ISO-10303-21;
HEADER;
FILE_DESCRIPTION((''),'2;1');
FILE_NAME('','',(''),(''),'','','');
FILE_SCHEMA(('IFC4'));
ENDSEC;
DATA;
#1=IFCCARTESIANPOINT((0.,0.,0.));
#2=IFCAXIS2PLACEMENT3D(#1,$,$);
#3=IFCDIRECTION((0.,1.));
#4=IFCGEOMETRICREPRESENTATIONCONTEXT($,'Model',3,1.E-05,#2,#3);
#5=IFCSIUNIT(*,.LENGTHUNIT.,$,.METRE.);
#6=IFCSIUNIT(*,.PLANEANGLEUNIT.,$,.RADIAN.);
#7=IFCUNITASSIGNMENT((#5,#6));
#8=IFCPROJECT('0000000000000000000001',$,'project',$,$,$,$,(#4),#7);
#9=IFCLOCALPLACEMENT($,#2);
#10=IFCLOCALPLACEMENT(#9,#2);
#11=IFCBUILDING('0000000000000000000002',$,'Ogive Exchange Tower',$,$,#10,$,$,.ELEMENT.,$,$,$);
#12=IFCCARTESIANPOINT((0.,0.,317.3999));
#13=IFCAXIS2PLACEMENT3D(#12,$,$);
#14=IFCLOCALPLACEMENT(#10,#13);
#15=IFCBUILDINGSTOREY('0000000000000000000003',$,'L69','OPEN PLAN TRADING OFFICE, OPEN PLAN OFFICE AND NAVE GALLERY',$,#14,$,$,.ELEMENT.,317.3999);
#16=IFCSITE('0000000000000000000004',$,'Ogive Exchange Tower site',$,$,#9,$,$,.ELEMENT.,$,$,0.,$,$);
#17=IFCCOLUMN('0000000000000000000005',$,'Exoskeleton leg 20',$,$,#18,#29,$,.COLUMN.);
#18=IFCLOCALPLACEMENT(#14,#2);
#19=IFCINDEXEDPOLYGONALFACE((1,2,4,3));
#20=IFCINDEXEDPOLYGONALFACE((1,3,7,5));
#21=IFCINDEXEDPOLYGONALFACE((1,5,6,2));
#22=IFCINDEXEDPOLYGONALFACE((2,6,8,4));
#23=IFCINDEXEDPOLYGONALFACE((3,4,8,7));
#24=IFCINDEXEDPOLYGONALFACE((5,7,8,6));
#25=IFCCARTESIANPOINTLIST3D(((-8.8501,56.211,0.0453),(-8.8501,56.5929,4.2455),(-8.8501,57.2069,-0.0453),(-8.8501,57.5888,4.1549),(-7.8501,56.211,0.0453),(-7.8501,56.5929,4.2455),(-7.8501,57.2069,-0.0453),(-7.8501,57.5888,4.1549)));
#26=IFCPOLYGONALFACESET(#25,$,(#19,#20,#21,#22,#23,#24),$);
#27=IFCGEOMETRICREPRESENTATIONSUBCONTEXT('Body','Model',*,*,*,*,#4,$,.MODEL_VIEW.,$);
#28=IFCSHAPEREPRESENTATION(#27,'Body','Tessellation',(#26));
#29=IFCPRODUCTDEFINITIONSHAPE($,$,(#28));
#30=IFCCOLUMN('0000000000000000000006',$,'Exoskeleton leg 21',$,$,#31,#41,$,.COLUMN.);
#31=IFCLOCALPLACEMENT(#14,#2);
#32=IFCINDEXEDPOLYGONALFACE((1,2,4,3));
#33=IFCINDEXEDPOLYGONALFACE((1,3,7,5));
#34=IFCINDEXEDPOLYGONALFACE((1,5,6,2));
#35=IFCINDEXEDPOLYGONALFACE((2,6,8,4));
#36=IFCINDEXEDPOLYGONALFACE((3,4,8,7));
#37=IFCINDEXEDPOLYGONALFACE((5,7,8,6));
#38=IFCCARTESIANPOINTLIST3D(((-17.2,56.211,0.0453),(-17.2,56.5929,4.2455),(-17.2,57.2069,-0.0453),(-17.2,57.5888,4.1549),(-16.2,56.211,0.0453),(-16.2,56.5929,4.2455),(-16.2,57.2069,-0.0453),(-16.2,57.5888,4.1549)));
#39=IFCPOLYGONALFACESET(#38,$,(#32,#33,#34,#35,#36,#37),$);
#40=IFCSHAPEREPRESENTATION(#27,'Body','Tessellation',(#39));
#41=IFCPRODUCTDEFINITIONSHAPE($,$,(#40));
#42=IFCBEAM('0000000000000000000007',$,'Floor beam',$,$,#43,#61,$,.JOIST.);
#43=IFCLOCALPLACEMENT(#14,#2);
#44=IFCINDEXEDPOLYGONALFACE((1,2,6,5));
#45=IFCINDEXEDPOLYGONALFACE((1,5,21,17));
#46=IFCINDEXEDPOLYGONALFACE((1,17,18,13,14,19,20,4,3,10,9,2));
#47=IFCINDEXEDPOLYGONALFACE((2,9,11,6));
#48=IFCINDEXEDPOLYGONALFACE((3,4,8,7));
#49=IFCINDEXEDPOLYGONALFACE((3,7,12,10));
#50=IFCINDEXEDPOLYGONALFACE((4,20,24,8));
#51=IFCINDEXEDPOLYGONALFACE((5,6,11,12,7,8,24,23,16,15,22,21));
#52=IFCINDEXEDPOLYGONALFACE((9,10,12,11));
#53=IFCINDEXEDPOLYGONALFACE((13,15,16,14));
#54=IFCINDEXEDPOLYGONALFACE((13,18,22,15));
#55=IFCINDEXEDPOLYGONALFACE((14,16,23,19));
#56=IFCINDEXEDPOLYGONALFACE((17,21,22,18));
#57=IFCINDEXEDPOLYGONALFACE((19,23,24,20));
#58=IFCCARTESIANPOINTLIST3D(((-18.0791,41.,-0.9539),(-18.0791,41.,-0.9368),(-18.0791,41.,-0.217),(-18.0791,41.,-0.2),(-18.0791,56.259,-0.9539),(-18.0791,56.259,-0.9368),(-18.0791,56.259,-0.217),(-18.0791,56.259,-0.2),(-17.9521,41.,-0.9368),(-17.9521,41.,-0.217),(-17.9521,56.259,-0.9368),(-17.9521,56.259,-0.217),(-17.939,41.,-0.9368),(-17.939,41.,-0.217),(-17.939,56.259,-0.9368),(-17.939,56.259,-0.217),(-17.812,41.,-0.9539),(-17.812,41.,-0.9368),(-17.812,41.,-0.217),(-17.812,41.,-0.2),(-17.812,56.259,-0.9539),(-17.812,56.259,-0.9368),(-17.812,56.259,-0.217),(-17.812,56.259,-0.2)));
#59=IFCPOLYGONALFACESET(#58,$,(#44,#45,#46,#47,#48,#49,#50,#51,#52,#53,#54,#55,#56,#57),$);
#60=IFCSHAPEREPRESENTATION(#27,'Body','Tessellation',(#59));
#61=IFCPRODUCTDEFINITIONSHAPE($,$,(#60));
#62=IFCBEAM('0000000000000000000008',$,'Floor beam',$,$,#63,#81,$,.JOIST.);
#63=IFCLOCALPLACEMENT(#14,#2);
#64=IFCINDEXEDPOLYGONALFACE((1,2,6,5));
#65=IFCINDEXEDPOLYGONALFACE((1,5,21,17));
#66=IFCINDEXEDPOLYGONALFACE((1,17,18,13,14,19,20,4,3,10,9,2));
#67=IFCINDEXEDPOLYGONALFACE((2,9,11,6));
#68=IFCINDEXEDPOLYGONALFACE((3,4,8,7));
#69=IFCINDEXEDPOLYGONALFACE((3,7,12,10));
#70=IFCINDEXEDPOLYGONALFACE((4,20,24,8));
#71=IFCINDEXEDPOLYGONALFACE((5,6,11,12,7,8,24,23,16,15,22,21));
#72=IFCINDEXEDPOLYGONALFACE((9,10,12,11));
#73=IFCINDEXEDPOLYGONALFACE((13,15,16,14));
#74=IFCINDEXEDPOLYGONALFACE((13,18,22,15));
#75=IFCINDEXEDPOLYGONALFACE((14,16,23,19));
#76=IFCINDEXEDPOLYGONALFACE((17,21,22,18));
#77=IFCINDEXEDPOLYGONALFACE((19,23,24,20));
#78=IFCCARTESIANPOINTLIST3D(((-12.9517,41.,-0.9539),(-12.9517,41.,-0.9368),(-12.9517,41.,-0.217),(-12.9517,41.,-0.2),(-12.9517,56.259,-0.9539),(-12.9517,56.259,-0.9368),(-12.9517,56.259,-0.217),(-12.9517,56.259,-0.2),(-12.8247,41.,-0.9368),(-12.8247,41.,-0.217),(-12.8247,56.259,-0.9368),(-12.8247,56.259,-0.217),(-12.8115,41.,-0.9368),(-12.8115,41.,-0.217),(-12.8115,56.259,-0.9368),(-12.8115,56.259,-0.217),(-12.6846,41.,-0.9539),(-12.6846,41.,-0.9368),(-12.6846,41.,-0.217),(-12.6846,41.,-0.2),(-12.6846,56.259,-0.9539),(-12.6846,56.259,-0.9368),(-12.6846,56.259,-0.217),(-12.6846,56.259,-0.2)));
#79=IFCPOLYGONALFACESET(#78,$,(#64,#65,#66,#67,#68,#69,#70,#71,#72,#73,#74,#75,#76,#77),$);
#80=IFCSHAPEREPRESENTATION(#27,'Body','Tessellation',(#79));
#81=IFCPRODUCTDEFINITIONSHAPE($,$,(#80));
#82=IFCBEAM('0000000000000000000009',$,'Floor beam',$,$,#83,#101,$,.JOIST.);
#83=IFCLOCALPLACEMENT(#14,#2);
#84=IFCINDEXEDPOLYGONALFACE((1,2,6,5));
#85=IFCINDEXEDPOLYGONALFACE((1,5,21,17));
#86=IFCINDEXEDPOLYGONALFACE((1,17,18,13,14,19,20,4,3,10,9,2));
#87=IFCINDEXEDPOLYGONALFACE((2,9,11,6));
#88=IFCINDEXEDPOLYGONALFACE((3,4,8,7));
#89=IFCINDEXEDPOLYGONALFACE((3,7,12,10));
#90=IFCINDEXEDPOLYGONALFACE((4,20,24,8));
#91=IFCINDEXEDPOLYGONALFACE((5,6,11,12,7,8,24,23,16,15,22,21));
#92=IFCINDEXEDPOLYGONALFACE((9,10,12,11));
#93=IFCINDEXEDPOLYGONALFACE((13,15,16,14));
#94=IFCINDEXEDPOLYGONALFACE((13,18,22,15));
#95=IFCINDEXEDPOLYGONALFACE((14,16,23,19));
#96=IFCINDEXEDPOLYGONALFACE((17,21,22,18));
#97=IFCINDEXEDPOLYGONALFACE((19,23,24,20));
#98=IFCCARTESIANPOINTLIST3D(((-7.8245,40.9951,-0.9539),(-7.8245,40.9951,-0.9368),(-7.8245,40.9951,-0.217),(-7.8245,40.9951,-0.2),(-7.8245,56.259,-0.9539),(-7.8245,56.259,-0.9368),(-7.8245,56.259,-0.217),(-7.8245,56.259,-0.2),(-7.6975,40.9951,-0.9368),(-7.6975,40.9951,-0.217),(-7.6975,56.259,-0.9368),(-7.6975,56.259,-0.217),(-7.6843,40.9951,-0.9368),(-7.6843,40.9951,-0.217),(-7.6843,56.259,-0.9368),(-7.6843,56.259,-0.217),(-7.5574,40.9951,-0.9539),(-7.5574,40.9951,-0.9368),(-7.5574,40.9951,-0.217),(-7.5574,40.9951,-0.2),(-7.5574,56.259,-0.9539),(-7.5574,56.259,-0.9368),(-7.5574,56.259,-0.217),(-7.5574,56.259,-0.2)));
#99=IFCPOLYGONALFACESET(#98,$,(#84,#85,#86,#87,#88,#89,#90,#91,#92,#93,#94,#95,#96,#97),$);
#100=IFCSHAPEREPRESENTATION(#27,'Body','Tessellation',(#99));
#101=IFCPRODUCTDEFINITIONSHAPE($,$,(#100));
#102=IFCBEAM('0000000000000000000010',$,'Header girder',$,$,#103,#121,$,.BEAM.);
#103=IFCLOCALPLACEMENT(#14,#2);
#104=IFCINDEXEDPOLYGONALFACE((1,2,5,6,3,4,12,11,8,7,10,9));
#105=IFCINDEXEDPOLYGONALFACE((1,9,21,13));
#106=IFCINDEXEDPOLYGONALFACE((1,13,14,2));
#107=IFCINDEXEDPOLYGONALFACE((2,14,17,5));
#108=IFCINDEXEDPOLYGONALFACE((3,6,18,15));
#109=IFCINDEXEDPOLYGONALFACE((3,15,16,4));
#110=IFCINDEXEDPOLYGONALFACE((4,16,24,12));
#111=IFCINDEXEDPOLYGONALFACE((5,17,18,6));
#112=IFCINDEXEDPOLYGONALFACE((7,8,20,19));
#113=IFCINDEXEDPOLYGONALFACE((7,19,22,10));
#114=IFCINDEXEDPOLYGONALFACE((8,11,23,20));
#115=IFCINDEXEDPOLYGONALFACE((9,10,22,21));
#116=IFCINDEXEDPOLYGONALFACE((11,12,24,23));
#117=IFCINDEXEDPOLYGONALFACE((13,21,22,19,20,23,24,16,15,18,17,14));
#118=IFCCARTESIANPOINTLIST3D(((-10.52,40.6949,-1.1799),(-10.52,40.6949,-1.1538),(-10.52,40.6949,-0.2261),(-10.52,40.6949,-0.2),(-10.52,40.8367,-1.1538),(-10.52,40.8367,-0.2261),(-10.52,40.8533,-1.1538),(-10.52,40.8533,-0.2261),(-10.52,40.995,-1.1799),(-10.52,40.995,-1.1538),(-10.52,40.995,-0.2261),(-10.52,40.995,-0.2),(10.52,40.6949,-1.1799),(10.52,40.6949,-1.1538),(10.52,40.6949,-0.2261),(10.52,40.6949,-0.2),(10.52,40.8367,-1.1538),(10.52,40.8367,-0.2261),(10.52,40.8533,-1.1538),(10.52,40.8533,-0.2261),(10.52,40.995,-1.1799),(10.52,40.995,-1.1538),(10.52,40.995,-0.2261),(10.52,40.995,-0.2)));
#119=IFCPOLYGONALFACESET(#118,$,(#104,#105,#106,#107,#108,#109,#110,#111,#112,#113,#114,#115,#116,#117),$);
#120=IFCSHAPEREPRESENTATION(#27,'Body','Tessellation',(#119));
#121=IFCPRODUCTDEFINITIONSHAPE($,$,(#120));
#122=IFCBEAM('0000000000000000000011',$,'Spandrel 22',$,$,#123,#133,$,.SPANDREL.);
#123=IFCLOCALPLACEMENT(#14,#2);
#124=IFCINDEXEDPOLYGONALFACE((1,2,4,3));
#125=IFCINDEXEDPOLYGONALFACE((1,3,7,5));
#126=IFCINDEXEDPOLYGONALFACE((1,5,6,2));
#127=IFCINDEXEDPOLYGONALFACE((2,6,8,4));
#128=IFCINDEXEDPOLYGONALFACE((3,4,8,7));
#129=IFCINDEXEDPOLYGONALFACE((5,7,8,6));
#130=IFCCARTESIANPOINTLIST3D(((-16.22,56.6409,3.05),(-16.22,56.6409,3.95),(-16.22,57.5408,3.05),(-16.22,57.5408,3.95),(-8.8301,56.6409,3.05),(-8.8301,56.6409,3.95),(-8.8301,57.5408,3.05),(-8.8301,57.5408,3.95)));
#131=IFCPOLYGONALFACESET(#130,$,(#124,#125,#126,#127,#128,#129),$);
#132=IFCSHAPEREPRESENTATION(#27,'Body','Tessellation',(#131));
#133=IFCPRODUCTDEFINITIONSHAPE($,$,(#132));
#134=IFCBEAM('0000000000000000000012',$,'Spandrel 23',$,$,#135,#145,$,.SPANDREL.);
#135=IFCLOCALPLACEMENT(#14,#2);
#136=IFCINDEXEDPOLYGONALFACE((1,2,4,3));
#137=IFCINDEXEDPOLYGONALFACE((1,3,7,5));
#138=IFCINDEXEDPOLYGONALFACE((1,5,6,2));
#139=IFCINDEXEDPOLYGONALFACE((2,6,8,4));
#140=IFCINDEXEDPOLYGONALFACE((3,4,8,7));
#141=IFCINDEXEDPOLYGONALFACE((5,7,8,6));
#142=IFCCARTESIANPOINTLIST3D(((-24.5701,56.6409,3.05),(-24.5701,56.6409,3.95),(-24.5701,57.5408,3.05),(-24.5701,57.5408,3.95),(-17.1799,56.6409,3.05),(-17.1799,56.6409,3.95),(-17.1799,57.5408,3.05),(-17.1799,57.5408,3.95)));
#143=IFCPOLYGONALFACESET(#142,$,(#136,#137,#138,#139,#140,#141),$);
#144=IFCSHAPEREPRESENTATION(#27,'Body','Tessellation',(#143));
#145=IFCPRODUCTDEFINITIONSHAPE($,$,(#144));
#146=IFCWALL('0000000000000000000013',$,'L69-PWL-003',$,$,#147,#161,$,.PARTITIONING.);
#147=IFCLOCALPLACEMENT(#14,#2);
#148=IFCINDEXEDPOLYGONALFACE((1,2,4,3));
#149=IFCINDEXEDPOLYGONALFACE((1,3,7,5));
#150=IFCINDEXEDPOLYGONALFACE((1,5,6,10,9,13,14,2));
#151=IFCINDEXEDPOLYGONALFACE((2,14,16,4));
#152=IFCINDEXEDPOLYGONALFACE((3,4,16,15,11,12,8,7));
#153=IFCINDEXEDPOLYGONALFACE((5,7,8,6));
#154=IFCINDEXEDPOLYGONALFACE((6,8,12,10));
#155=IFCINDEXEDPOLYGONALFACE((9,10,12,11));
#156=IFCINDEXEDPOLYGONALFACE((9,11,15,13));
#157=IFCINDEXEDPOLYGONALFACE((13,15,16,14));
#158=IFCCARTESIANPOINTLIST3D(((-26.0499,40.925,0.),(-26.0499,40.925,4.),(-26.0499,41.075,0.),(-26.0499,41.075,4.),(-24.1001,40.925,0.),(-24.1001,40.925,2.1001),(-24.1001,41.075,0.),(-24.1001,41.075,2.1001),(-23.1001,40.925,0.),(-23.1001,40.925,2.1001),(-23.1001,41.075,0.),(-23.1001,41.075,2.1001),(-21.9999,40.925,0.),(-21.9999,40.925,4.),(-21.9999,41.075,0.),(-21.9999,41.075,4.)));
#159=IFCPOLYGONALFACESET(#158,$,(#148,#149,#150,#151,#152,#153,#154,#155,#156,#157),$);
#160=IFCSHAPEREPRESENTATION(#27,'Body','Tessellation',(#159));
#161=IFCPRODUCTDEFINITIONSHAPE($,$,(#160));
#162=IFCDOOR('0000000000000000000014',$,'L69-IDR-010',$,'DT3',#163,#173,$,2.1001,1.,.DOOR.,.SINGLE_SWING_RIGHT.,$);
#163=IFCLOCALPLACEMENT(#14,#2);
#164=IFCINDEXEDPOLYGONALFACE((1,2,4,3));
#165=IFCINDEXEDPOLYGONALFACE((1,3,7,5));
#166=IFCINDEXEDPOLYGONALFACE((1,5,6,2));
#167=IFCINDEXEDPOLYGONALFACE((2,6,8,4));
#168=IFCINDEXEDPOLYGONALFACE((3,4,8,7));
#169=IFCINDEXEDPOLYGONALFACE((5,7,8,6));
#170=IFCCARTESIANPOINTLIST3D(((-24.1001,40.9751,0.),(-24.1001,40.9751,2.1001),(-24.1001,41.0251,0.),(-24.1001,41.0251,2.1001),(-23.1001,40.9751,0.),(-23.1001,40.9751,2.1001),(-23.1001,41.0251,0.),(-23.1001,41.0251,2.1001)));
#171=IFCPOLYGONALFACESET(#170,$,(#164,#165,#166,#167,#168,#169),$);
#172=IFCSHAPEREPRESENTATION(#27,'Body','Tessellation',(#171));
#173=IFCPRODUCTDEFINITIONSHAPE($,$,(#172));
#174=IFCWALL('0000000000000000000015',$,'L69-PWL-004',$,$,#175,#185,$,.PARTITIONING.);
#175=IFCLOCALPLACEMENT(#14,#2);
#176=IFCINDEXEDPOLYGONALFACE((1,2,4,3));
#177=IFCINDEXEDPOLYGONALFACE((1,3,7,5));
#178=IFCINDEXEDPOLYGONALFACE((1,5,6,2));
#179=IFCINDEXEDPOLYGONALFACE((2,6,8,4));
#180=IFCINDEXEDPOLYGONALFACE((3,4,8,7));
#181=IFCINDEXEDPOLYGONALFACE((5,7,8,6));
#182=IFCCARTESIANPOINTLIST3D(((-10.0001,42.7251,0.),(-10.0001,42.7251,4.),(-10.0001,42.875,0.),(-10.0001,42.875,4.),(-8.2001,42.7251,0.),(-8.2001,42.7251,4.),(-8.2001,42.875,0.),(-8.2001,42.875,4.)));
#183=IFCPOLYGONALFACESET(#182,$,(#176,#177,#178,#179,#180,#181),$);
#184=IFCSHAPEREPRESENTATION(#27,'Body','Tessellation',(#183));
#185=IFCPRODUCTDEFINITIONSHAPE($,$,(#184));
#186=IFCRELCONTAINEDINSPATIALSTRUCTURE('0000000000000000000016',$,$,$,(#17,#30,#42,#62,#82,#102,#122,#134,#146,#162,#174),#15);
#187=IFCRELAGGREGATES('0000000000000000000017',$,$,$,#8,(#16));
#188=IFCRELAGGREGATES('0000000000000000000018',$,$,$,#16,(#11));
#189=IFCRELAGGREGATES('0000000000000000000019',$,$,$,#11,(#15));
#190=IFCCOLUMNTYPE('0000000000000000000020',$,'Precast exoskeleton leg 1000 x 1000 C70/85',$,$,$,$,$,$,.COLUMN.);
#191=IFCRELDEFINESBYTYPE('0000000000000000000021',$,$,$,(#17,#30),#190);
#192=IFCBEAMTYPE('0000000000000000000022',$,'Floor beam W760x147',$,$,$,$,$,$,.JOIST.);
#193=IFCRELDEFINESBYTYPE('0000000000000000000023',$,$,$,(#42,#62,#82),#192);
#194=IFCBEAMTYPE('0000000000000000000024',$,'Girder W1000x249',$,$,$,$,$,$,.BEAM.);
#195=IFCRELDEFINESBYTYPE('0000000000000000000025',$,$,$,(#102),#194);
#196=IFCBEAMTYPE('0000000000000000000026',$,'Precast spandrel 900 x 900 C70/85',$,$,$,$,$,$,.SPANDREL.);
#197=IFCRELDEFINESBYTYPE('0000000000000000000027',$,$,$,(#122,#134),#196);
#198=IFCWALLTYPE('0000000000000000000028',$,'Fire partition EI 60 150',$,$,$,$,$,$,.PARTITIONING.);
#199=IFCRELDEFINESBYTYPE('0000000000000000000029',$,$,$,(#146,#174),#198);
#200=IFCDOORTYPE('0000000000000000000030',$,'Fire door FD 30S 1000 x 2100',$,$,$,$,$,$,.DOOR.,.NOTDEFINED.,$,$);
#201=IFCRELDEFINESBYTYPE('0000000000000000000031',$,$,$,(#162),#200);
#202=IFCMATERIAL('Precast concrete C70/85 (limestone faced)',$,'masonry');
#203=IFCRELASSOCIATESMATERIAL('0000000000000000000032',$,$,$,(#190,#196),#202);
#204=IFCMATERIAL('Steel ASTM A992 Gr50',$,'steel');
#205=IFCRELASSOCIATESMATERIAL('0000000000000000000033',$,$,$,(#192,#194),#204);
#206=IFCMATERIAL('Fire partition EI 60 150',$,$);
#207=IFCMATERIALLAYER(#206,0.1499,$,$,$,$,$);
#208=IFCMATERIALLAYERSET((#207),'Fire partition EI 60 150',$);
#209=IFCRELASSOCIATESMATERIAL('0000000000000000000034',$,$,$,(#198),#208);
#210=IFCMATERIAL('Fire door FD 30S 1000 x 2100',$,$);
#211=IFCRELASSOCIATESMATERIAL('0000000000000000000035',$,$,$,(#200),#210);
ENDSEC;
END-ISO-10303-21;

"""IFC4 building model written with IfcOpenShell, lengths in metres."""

from ifc_helpers import new_model, si_unit, direction, frame, frame_2d, origin, origin_2d, place, context, subcontext, project, spatial, rectangle, i_section, extrude, material, layer, layer_set, material_profile, profile_set, type_object, element, fill, save


model = new_model("IFC4")

# Units and contexts
model_context = context("Model", 3, precision=1e-05, world=origin(), true_north=direction((0.0, 1.0)))
body_context = subcontext(model_context, "Body", "Model", "MODEL_VIEW")
ifc_project = project(units=[si_unit("LENGTHUNIT", "METRE"), si_unit("PLANEANGLEUNIT", "RADIAN")], contexts=[model_context])

# Site, building, storey
site_placement = place(None, origin())
site = spatial("IfcSite", under=ifc_project, at=site_placement, Name="Ogive Exchange Tower site", CompositionType="ELEMENT", RefElevation=0.0)
building_placement = place(site_placement, origin())
building = spatial("IfcBuilding", under=site, at=building_placement, Name="Ogive Exchange Tower", CompositionType="ELEMENT")
storey_placement = place(building_placement, frame((0.0, 0.0, 317.3999)))
storey = spatial("IfcBuildingStorey", under=building, at=storey_placement, Name="L69", Description="OPEN PLAN TRADING OFFICE, OPEN PLAN OFFICE AND NAVE GALLERY", CompositionType="ELEMENT", Elevation=317.3999)

# Columns
ifc_material_1 = material(Name="Precast concrete C70/85 (limestone faced)", Category="masonry")
ifc_material_profile_1 = material_profile(ifc_material_1, rectangle(XDim=1.0, YDim=1.0, at=origin_2d()), Name="1000 x 1000")
ifc_profile_set_1 = profile_set([ifc_material_profile_1], Name="Precast concrete C70/85 (limestone faced)")
column_type = type_object("IfcColumnType", Name="Precast exoskeleton leg 1000 x 1000 C70/85", PredefinedType="COLUMN", material=ifc_profile_set_1)
for number, where, z_axis, x_axis, name in (
    (1, (-8.3501, 56.709, 0.0), (0.0, 0.090536, 0.995893), (-1.0, 0.0, 0.0), "Exoskeleton leg 20"),
    (2, (-16.7, 56.709, 0.0), (0.0, 0.090536, 0.995893), (-1.0, 0.0, 0.0), "Exoskeleton leg 21"),
):
    element("IfcColumn", number, at=place(storey_placement, frame(where, z_axis=z_axis, x_axis=x_axis)), inside=storey, type_object=column_type, Name=name, PredefinedType="COLUMN", context=body_context, shape_type="SweptSolid", body=[
        extrude(rectangle(XDim=1.0, YDim=1.0, at=origin_2d()), origin(), (0.0, 0.0, 1.0), 4.2175),
    ])

# Beams
ifc_material_2 = material(Name="Steel ASTM A992 Gr50", Category="steel")
ifc_material_profile_2 = material_profile(ifc_material_2, i_section(OverallWidth=0.2671, OverallDepth=0.7539, WebThickness=0.0132, FlangeThickness=0.0171, at=origin_2d()), Name="W760x147")
ifc_profile_set_2 = profile_set([ifc_material_profile_2], Name="Steel ASTM A992 Gr50")
beam_type_1 = type_object("IfcBeamType", Name="Floor beam W760x147", PredefinedType="JOIST", material=ifc_profile_set_2)
for number, where, z_axis, x_axis, name in (
    (3, (-17.9456, 41.0, -0.5769), (0.0, 1.0, 0.0), (-1.0, 0.0, 0.0), "Floor beam"),
    (4, (-12.8181, 41.0, -0.5769), (0.0, 1.0, 0.0), (-1.0, 0.0, 0.0), "Floor beam"),
):
    element("IfcBeam", number, at=place(storey_placement, frame(where, z_axis=z_axis, x_axis=x_axis)), inside=storey, type_object=beam_type_1, Name=name, PredefinedType="JOIST", context=body_context, shape_type="SweptSolid", body=[
        extrude(i_section(OverallWidth=0.2671, OverallDepth=0.7539, WebThickness=0.0132, FlangeThickness=0.0171, at=origin_2d()), origin(), (0.0, 0.0, 1.0), 15.259),
    ])
beam_1_placement = place(storey_placement, frame((-7.6909, 40.9951, -0.5769), z_axis=(0.0, 1.0, 0.0), x_axis=(-1.0, 0.0, 0.0)))
element("IfcBeam", 5, at=beam_1_placement, inside=storey, type_object=beam_type_1, Name="Floor beam", PredefinedType="JOIST", context=body_context, shape_type="SweptSolid", body=[
    extrude(i_section(OverallWidth=0.2671, OverallDepth=0.7539, WebThickness=0.0132, FlangeThickness=0.0171, at=origin_2d()), origin(), (0.0, 0.0, 1.0), 15.2639),
])
ifc_material_profile_3 = material_profile(ifc_material_2, i_section(OverallWidth=0.3, OverallDepth=0.98, WebThickness=0.0166, FlangeThickness=0.0261, at=origin_2d()), Name="W1000x249")
ifc_profile_set_3 = profile_set([ifc_material_profile_3], Name="Steel ASTM A992 Gr50")
beam_type_2 = type_object("IfcBeamType", Name="Girder W1000x249", PredefinedType="BEAM", material=ifc_profile_set_3)
beam_2_placement = place(storey_placement, frame((-10.52, 40.845, -0.6899), z_axis=(1.0, 0.0, 0.0), x_axis=(0.0, 1.0, 0.0)))
element("IfcBeam", 6, at=beam_2_placement, inside=storey, type_object=beam_type_2, Name="Header girder", PredefinedType="BEAM", context=body_context, shape_type="SweptSolid", body=[
    extrude(i_section(OverallWidth=0.3, OverallDepth=0.98, WebThickness=0.0166, FlangeThickness=0.0261, at=origin_2d()), origin(), (0.0, 0.0, 1.0), 21.04),
])
ifc_material_profile_4 = material_profile(ifc_material_1, rectangle(XDim=0.8999, YDim=0.8999, at=origin_2d()), Name="900 x 900")
ifc_profile_set_4 = profile_set([ifc_material_profile_4], Name="Precast concrete C70/85 (limestone faced)")
beam_type_3 = type_object("IfcBeamType", Name="Precast spandrel 900 x 900 C70/85", PredefinedType="SPANDREL", material=ifc_profile_set_4)
beam_3_placement = place(storey_placement, frame((-8.8301, 57.0908, 3.5), z_axis=(-1.0, 0.0, 0.0), x_axis=(0.0, -1.0, 0.0)))
element("IfcBeam", 7, at=beam_3_placement, inside=storey, type_object=beam_type_3, Name="Spandrel 22", PredefinedType="SPANDREL", context=body_context, shape_type="SweptSolid", body=[
    extrude(rectangle(XDim=0.8999, YDim=0.8999, at=origin_2d()), origin(), (0.0, 0.0, 1.0), 7.3899),
])
beam_4_placement = place(storey_placement, frame((-17.1799, 57.0908, 3.5), z_axis=(-1.0, 0.0, 0.0), x_axis=(0.0, -1.0, 0.0)))
element("IfcBeam", 8, at=beam_4_placement, inside=storey, type_object=beam_type_3, Name="Spandrel 23", PredefinedType="SPANDREL", context=body_context, shape_type="SweptSolid", body=[
    extrude(rectangle(XDim=0.8999, YDim=0.8999, at=origin_2d()), origin(), (0.0, 0.0, 1.0), 7.3901),
])

# Wall, opening, door
ifc_material_3 = material(Name="Fire partition EI 60 150")
ifc_layer_1 = layer(ifc_material_3, 0.1499)
ifc_layer_set_1 = layer_set([ifc_layer_1], Name="Fire partition EI 60 150")
wall_type_1 = type_object("IfcWallType", Name="Fire partition EI 60 150", PredefinedType="PARTITIONING", material=ifc_layer_set_1)
wall_1_placement = place(storey_placement, frame((-22.0, 41.0, 0.0), z_axis=(0.0, 0.0, 1.0), x_axis=(-1.0, 0.0, 0.0)))
wall_1 = element("IfcWall", 9, at=wall_1_placement, inside=storey, type_object=wall_type_1, Name="L69-PWL-003", PredefinedType="PARTITIONING", context=body_context, shape_type="SweptSolid", body=[
    extrude(rectangle(XDim=4.05, YDim=0.1499, at=frame_2d((2.0249, 0.0))), origin(), (0.0, 0.0, 1.0), 4.0),
])
opening_1_placement = place(wall_1_placement, frame((1.1001, 0.0, 0.0)))
opening_1 = element("IfcOpeningElement", 10, at=opening_1_placement, cuts=wall_1, PredefinedType="OPENING", context=body_context, shape_type="SweptSolid", body=[
    extrude(rectangle(XDim=1.0, YDim=2.1001, at=frame_2d((0.5, 1.05))), frame((0.0, 0.085, 0.0), z_axis=(0.0, -1.0, 0.0), x_axis=(1.0, 0.0, 0.0)), (0.0, 0.0, 1.0), 0.1699),
])
ifc_material_4 = material(Name="Fire door FD 30S 1000 x 2100")
door_type = type_object("IfcDoorType", Name="Fire door FD 30S 1000 x 2100", OperationType="NOTDEFINED", PredefinedType="DOOR", material=ifc_material_4)
door_1_placement = place(opening_1_placement, origin())
door_1 = element("IfcDoor", 11, at=door_1_placement, inside=storey, type_object=door_type, Name="L69-IDR-010", ObjectType="DT3", OperationType="SINGLE_SWING_RIGHT", OverallHeight=2.1001, OverallWidth=1.0, PredefinedType="DOOR", context=body_context, shape_type="SweptSolid", body=[
    extrude(rectangle(XDim=1.0, YDim=2.1001, at=frame_2d((0.5, 1.05))), frame((0.0, 0.0249, 0.0), z_axis=(0.0, -1.0, 0.0), x_axis=(1.0, 0.0, 0.0)), (0.0, 0.0, 1.0), 0.05),
])
fill(opening_1, door_1)

# Wall
wall_2_placement = place(storey_placement, frame((-10.0, 42.8, 0.0), z_axis=(0.0, 0.0, 1.0), x_axis=(1.0, 0.0, 0.0)))
element("IfcWall", 12, at=wall_2_placement, inside=storey, type_object=wall_type_1, Name="L69-PWL-004", PredefinedType="PARTITIONING", context=body_context, shape_type="SweptSolid", body=[
    extrude(rectangle(XDim=1.8, YDim=0.1499, at=frame_2d((0.8999, 0.0))), origin(), (0.0, 0.0, 1.0), 4.0),
])

save(model, "model.ifc")
